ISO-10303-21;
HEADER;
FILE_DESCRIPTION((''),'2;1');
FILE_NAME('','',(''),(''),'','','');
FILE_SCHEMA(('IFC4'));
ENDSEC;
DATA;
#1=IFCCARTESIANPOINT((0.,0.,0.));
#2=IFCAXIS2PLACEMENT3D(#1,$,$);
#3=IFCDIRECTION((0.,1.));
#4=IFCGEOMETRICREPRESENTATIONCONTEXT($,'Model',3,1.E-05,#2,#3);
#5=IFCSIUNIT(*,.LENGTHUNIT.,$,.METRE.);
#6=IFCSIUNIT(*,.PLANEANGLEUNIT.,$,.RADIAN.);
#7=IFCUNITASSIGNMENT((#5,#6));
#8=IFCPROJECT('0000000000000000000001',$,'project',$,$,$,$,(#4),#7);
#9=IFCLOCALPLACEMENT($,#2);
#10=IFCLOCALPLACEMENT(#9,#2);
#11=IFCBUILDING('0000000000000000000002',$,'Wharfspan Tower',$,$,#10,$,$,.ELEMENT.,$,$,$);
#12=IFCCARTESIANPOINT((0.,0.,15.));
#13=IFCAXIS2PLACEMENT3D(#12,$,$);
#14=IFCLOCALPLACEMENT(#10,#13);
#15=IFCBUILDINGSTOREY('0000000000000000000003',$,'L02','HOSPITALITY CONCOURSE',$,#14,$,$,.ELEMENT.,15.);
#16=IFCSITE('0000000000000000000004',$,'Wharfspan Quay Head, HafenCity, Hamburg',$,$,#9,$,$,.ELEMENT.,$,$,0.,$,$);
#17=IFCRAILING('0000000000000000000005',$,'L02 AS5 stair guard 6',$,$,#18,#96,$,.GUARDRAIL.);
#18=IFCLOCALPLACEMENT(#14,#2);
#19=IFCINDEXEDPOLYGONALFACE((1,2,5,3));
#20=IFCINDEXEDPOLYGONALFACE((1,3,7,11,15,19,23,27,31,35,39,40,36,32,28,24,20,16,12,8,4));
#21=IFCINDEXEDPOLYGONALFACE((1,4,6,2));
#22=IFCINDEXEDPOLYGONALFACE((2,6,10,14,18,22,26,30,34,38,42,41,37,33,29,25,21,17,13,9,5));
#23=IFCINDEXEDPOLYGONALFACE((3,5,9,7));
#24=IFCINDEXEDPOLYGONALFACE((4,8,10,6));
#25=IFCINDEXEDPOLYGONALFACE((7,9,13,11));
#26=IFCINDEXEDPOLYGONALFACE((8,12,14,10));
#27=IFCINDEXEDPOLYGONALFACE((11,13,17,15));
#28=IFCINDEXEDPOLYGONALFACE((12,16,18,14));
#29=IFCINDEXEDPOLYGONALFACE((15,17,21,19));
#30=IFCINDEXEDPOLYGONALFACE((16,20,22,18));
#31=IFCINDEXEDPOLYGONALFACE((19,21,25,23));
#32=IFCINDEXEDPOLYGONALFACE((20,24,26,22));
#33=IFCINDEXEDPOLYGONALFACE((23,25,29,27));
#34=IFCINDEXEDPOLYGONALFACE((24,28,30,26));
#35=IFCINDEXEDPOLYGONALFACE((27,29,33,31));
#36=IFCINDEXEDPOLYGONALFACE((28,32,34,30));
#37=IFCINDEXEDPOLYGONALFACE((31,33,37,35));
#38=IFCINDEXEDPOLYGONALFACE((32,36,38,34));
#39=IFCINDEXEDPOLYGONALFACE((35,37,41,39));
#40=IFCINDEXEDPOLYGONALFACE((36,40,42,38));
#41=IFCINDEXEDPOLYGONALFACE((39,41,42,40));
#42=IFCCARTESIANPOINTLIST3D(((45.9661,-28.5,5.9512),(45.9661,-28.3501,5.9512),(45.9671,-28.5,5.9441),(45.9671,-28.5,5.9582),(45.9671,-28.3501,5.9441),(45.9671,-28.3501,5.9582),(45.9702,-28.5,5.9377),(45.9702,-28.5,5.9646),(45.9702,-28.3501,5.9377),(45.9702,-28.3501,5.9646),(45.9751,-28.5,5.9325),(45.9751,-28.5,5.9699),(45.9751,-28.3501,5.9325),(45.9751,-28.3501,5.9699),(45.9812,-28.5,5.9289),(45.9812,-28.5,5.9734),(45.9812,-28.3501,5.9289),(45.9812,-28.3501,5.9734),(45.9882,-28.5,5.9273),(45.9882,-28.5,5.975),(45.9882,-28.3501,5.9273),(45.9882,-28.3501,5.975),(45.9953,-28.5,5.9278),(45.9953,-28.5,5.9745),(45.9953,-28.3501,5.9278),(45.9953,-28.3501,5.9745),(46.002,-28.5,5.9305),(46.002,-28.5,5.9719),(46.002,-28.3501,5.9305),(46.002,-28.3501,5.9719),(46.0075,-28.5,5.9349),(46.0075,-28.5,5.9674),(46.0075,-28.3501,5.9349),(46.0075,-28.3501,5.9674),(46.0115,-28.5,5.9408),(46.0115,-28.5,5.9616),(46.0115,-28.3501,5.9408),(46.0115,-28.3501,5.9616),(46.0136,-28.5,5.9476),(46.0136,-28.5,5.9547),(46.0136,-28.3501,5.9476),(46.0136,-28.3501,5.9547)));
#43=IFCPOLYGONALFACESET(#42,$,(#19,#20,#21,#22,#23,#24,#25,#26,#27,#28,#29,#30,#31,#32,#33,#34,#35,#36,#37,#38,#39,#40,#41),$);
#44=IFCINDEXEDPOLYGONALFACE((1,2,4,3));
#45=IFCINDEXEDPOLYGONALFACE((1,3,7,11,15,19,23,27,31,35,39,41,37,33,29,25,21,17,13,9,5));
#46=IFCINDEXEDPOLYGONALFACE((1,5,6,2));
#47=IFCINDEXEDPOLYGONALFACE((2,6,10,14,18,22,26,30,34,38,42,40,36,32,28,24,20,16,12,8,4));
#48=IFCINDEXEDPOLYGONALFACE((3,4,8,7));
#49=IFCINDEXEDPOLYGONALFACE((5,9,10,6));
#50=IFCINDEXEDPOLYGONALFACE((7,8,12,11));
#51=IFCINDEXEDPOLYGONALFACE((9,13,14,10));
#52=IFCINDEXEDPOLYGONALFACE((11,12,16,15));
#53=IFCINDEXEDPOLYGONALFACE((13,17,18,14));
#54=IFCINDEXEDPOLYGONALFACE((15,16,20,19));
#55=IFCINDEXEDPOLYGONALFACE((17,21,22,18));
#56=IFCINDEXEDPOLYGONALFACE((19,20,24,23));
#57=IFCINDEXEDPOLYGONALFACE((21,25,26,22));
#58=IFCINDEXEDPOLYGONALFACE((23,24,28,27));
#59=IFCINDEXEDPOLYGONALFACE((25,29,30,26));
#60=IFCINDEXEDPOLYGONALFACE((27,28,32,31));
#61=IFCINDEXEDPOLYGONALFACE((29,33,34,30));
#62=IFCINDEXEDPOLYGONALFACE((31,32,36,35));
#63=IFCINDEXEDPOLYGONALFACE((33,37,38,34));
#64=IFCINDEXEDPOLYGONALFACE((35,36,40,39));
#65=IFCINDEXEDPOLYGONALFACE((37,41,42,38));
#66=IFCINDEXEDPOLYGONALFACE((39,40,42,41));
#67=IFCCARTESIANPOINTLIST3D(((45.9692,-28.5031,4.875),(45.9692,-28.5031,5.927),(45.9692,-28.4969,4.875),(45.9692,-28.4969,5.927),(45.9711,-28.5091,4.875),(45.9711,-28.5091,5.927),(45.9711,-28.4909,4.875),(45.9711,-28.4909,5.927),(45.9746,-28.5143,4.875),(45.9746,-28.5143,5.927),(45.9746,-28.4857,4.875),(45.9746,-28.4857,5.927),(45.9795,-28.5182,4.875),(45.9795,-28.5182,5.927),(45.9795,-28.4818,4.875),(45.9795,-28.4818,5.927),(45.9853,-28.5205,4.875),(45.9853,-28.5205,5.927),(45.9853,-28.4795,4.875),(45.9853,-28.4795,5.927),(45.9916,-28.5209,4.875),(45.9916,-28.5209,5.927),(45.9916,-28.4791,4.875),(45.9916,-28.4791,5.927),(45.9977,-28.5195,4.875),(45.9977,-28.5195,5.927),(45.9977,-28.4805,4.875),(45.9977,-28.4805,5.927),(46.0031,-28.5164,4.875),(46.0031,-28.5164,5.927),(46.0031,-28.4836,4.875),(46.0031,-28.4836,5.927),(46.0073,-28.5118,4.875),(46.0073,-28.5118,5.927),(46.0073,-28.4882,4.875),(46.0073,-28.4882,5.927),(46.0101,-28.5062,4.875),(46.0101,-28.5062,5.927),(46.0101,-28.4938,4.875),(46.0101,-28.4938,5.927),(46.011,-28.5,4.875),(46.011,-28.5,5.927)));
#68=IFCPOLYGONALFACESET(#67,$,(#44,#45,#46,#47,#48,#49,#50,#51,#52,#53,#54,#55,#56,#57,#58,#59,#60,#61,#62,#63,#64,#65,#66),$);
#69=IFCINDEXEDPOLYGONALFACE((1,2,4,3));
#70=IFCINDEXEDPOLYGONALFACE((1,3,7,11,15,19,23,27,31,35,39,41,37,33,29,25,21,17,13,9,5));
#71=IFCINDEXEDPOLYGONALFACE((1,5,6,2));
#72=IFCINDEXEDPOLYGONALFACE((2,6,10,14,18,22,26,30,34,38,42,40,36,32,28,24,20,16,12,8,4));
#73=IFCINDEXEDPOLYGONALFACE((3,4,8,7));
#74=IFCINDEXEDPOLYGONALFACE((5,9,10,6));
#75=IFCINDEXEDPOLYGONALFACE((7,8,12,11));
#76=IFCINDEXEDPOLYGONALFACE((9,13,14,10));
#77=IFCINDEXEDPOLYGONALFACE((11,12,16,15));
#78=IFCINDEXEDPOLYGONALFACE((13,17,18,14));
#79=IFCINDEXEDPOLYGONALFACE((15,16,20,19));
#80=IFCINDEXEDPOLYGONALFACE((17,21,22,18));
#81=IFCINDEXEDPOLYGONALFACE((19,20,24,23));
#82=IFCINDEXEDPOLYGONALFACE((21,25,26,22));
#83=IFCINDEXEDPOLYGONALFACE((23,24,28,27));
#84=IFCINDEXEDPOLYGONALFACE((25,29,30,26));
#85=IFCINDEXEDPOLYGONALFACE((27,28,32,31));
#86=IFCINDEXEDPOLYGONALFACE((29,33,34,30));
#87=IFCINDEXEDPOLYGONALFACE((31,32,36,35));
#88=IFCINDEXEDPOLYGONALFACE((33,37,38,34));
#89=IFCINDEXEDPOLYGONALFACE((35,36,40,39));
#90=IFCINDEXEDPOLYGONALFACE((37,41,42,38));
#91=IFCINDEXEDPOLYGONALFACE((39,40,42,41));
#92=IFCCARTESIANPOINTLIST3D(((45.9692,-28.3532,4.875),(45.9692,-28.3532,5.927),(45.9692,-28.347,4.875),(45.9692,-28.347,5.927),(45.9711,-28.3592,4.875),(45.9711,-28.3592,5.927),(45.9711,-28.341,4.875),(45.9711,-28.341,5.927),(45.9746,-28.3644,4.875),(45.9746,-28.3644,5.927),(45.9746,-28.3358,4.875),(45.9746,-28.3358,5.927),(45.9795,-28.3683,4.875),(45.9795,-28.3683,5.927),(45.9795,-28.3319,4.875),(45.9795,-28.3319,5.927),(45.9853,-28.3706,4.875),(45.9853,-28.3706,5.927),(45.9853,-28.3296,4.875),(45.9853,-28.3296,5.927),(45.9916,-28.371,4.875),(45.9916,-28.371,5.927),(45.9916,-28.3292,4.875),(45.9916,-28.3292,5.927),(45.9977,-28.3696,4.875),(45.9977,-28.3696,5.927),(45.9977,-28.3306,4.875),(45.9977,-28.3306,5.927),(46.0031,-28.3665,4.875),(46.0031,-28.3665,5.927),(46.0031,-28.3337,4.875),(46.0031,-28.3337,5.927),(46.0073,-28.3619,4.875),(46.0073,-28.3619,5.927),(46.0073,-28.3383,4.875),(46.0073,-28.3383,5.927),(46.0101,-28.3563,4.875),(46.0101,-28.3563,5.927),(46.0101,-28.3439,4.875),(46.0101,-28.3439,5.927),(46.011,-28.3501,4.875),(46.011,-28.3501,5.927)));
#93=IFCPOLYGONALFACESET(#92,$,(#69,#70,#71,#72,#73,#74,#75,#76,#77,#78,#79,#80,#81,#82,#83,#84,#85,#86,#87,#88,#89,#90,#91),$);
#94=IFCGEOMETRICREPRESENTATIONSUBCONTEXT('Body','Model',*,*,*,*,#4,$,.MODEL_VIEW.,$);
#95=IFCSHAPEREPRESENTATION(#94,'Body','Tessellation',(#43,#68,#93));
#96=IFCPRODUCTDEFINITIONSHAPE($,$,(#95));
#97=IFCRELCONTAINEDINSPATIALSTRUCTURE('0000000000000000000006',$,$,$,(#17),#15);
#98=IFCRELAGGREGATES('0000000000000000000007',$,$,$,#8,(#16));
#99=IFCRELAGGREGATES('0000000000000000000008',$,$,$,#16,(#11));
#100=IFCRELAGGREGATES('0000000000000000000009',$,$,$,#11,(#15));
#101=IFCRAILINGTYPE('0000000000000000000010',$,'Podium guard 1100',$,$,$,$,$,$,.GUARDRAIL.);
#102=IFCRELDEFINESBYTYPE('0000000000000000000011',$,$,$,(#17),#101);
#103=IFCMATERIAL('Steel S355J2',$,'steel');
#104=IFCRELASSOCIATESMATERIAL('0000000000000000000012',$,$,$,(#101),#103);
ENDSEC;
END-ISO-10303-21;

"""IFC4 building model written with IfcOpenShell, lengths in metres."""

from ifc_helpers import new_model, si_unit, direction, frame, origin, origin_2d, place, context, subcontext, project, spatial, circle, extrude, material, type_object, element, save


model = new_model("IFC4")

# Units and contexts
model_context = context("Model", 3, precision=1e-05, world=origin(), true_north=direction((0.0, 1.0)))
body_context = subcontext(model_context, "Body", "Model", "MODEL_VIEW")
ifc_project = project(units=[si_unit("LENGTHUNIT", "METRE"), si_unit("PLANEANGLEUNIT", "RADIAN")], contexts=[model_context])

# Site, building, storey
site_placement = place(None, origin())
site = spatial("IfcSite", under=ifc_project, at=site_placement, Name="Wharfspan Quay Head, HafenCity, Hamburg", CompositionType="ELEMENT", RefElevation=0.0)
building_placement = place(site_placement, origin())
building = spatial("IfcBuilding", under=site, at=building_placement, Name="Wharfspan Tower", CompositionType="ELEMENT")
storey_placement = place(building_placement, frame((0.0, 0.0, 15.0)))
storey = spatial("IfcBuildingStorey", under=building, at=storey_placement, Name="L02", Description="HOSPITALITY CONCOURSE", CompositionType="ELEMENT", Elevation=15.0)

# Railing
ifc_material_1 = material(Name="Steel S355J2", Category="steel")
railing_type_1 = type_object("IfcRailingType", Name="Podium guard 1100", PredefinedType="GUARDRAIL", material=ifc_material_1)
railing_1_placement = place(storey_placement, frame((45.99, -28.5, 4.875)))
element("IfcRailing", 1, at=railing_1_placement, inside=storey, type_object=railing_type_1, Name="L02 AS5 stair guard 6", PredefinedType="GUARDRAIL", context=body_context, shape_type="SweptSolid", body=[
    extrude(circle(Radius=0.0239, at=origin_2d()), frame((0.0, 0.0, 1.0762), z_axis=(0.0, 1.0, 0.0), x_axis=(-1.0, 0.0, 0.0)), (0.0, 0.0, 1.0), 0.1499),
    extrude(circle(Radius=0.021, at=origin_2d()), origin(), (0.0, 0.0, 1.0), 1.052),
    extrude(circle(Radius=0.021, at=origin_2d()), frame((0.0, 0.1499, 0.0)), (0.0, 0.0, 1.0), 1.052),
])

save(model, "model.ifc")
